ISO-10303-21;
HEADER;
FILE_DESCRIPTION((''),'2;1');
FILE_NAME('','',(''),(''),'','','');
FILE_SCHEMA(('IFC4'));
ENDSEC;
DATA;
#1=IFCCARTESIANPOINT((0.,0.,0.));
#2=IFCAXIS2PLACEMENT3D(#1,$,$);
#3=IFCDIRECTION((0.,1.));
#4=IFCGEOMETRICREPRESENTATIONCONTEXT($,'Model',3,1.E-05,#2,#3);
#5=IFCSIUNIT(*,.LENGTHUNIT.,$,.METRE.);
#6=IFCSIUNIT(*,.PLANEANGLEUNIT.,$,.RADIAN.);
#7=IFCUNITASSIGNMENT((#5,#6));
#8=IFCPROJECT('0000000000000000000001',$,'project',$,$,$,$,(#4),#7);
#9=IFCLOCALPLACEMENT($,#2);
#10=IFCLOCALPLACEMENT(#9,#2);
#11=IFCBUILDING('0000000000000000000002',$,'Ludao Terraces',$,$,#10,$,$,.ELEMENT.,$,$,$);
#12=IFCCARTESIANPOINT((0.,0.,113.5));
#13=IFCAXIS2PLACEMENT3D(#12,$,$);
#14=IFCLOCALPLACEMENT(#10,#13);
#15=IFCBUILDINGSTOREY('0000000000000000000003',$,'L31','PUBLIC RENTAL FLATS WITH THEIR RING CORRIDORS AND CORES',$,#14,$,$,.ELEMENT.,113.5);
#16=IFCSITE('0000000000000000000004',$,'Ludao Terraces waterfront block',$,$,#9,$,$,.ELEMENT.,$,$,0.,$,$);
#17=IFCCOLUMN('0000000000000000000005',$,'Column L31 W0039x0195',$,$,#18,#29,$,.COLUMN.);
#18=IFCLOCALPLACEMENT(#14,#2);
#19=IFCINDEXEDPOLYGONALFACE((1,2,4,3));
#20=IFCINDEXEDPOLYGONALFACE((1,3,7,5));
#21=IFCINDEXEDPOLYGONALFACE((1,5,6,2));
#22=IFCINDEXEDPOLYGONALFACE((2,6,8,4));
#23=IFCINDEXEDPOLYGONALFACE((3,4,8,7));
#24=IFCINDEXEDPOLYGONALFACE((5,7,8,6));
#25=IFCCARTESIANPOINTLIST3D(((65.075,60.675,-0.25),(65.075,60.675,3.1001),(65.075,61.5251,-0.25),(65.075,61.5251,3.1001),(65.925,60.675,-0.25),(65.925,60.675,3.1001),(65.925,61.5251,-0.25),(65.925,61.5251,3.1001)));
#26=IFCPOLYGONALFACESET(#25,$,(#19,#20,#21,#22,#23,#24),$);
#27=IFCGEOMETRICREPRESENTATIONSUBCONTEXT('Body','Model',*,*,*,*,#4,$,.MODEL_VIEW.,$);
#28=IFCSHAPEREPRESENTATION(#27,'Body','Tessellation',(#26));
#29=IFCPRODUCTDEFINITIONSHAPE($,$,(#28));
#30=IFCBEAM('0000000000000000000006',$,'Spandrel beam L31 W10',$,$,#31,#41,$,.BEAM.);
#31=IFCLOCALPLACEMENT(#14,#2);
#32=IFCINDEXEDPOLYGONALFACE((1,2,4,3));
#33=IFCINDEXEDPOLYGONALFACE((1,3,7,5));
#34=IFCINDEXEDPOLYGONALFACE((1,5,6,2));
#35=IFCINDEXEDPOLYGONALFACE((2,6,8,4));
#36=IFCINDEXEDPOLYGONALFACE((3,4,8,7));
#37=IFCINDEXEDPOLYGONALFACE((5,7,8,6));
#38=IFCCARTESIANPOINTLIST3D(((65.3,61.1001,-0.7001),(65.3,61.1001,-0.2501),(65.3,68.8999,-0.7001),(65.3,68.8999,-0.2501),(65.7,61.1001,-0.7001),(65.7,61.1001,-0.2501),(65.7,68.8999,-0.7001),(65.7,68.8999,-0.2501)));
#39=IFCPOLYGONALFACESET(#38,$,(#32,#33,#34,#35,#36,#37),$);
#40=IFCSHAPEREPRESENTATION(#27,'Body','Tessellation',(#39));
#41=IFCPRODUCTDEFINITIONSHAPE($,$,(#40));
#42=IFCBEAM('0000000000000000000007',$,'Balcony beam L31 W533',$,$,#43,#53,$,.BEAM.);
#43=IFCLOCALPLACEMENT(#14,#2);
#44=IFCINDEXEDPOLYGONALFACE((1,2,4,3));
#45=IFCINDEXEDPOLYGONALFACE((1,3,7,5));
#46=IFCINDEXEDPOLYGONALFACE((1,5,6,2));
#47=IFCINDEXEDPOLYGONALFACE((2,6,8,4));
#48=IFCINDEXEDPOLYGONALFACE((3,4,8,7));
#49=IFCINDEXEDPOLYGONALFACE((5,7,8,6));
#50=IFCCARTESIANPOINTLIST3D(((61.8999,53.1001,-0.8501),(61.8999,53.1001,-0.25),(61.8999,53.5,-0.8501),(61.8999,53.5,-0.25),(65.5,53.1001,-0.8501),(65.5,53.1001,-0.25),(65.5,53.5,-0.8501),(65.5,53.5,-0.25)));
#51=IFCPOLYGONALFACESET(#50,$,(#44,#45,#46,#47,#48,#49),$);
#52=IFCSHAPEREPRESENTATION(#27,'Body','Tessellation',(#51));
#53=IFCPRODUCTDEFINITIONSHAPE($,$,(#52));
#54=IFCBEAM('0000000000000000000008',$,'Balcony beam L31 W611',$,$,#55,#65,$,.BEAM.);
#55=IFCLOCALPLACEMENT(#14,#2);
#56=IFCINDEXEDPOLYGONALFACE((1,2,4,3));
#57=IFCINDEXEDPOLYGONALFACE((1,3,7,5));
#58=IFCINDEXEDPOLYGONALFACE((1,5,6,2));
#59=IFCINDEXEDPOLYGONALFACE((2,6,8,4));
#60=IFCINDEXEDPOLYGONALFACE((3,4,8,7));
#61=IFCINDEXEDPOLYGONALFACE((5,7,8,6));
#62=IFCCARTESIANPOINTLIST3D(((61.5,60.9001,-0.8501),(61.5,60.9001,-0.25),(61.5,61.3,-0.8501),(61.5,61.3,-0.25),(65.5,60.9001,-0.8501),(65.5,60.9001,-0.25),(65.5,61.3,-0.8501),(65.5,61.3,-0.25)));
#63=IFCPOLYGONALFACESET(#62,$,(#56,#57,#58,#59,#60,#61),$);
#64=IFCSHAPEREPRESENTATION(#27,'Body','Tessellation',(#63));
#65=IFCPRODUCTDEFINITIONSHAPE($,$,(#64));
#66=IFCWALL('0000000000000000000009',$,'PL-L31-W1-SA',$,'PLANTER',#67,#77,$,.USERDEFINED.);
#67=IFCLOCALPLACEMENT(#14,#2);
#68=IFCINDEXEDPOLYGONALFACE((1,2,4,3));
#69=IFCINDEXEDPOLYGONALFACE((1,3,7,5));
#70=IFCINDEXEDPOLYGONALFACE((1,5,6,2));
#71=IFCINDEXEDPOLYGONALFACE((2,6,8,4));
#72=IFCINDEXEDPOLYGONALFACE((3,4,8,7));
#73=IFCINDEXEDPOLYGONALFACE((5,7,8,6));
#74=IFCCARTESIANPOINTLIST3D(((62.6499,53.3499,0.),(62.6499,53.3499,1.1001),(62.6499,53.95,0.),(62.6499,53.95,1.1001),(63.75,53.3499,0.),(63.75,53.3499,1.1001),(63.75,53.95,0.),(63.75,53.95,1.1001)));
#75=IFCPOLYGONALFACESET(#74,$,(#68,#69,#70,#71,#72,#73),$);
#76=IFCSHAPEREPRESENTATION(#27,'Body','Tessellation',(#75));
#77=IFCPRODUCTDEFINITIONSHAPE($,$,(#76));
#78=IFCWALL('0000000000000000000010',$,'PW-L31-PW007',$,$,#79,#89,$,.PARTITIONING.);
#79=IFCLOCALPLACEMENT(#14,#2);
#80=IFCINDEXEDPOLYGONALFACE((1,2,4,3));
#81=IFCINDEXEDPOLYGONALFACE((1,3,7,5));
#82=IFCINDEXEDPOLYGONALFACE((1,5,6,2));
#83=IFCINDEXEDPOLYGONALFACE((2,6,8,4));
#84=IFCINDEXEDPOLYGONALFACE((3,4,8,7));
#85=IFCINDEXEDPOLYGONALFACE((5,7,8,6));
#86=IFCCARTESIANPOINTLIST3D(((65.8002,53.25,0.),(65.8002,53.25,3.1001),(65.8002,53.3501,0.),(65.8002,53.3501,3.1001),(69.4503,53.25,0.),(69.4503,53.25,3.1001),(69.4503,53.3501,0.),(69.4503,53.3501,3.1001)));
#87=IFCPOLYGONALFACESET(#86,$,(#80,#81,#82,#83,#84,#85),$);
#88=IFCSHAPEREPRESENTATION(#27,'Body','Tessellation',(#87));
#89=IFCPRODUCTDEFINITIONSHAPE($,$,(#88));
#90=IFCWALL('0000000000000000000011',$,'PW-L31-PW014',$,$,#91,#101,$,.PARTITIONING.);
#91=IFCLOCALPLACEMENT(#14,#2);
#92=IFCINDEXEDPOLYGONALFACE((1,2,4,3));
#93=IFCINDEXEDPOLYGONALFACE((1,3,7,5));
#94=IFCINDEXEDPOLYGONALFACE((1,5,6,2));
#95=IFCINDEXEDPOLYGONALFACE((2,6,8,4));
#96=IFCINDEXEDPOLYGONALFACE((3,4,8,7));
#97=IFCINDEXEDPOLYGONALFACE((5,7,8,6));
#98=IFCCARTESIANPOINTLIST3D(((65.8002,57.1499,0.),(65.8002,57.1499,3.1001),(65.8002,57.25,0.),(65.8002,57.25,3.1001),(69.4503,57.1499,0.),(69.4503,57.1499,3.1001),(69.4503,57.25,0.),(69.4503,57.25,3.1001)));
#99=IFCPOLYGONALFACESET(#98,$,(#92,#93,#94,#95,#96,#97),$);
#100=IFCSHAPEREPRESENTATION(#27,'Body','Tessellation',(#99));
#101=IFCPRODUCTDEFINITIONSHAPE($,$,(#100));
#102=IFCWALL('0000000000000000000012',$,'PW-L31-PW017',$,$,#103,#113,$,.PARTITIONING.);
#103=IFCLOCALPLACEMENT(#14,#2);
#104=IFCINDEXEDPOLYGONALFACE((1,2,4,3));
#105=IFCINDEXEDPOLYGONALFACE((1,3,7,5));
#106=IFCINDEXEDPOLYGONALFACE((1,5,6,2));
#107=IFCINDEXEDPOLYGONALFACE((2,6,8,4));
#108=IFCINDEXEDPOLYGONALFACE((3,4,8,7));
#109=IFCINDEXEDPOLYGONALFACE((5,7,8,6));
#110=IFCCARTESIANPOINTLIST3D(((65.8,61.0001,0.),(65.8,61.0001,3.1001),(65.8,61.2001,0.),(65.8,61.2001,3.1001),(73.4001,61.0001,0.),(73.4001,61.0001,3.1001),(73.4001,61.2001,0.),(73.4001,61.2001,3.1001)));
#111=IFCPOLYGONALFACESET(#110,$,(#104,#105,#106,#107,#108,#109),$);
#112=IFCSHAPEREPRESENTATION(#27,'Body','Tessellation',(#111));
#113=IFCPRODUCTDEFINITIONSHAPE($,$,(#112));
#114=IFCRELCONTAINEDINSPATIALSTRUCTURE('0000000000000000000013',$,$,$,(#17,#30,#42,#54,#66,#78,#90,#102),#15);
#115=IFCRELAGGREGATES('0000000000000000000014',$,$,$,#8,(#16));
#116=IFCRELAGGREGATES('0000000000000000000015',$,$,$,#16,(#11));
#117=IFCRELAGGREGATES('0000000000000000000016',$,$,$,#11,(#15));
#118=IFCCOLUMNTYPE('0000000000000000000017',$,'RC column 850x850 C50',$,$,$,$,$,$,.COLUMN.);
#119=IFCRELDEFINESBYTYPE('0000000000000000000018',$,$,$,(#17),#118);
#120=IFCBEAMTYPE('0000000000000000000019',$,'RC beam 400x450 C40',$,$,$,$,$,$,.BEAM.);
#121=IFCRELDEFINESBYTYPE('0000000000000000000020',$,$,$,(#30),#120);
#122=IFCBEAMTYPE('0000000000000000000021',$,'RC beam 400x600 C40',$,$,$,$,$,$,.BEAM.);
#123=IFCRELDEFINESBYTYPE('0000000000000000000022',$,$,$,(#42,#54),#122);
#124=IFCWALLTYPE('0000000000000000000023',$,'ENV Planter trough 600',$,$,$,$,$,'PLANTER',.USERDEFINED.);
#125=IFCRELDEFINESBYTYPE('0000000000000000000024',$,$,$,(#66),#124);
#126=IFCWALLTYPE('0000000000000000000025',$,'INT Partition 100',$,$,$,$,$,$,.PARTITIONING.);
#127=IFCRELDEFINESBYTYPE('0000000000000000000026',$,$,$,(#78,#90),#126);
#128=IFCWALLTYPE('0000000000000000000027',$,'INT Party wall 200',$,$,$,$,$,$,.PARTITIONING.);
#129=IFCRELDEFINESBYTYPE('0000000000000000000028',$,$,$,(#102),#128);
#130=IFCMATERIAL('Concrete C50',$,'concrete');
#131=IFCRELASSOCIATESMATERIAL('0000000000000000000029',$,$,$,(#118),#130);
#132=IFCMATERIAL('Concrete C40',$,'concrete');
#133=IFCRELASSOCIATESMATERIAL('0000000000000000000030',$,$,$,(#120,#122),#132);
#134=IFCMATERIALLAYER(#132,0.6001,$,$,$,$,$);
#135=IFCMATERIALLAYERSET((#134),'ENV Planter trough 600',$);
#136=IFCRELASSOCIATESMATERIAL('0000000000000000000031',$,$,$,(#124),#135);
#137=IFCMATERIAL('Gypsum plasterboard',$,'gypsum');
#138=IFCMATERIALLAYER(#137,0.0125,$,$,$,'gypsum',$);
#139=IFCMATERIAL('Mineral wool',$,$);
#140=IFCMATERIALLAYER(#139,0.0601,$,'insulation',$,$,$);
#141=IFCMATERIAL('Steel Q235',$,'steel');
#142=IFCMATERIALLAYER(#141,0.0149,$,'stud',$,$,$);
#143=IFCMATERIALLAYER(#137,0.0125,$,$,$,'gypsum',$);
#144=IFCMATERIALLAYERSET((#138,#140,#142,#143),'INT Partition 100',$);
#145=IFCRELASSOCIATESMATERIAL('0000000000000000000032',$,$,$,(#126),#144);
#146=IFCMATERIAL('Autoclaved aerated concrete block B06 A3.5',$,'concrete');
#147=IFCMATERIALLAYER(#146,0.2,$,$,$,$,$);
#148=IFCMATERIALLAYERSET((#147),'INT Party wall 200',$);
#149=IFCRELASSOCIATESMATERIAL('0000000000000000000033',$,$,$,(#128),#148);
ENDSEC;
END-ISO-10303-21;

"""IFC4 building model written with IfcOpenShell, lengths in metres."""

from ifc_helpers import new_model, si_unit, direction, frame, frame_2d, origin, origin_2d, place, context, subcontext, project, spatial, rectangle, extrude, material, layer, layer_set, material_profile, profile_set, type_object, element, save


model = new_model("IFC4")

# Units and contexts
model_context = context("Model", 3, precision=1e-05, world=origin(), true_north=direction((0.0, 1.0)))
body_context = subcontext(model_context, "Body", "Model", "MODEL_VIEW")
ifc_project = project(units=[si_unit("LENGTHUNIT", "METRE"), si_unit("PLANEANGLEUNIT", "RADIAN")], contexts=[model_context])

# Site, building, storey
site_placement = place(None, origin())
site = spatial("IfcSite", under=ifc_project, at=site_placement, Name="Ludao Terraces waterfront block", CompositionType="ELEMENT", RefElevation=0.0)
building_placement = place(site_placement, origin())
building = spatial("IfcBuilding", under=site, at=building_placement, Name="Ludao Terraces", CompositionType="ELEMENT")
storey_placement = place(building_placement, frame((0.0, 0.0, 113.5)))
storey = spatial("IfcBuildingStorey", under=building, at=storey_placement, Name="L31", Description="PUBLIC RENTAL FLATS WITH THEIR RING CORRIDORS AND CORES", CompositionType="ELEMENT", Elevation=113.5)

# Column
ifc_material_1 = material(Name="Concrete C50", Category="concrete")
ifc_material_profile_1 = material_profile(ifc_material_1, rectangle(XDim=0.8501, YDim=0.8501, at=origin_2d()), Name="850 X 850")
ifc_profile_set_1 = profile_set([ifc_material_profile_1], Name="Concrete C50")
column_type = type_object("IfcColumnType", Name="RC column 850x850 C50", PredefinedType="COLUMN", material=ifc_profile_set_1)
column_placement = place(storey_placement, frame((65.5, 61.1001, -0.25), z_axis=(0.0, 0.0, 1.0), x_axis=(1.0, 0.0, 0.0)))
element("IfcColumn", 1, at=column_placement, inside=storey, type_object=column_type, Name="Column L31 W0039x0195", PredefinedType="COLUMN", context=body_context, shape_type="SweptSolid", body=[
    extrude(rectangle(XDim=0.8501, YDim=0.8501, at=origin_2d()), origin(), (0.0, 0.0, 1.0), 3.3501),
])

# Beams
ifc_material_2 = material(Name="Concrete C40", Category="concrete")
ifc_material_profile_2 = material_profile(ifc_material_2, rectangle(XDim=0.3999, YDim=0.45, at=origin_2d()), Name="400 X 450")
ifc_profile_set_2 = profile_set([ifc_material_profile_2], Name="Concrete C40")
beam_type_1 = type_object("IfcBeamType", Name="RC beam 400x450 C40", PredefinedType="BEAM", material=ifc_profile_set_2)
beam_1_placement = place(storey_placement, frame((65.5, 61.1001, -0.4751), z_axis=(0.0, 1.0, 0.0), x_axis=(-1.0, 0.0, 0.0)))
element("IfcBeam", 2, at=beam_1_placement, inside=storey, type_object=beam_type_1, Name="Spandrel beam L31 W10", PredefinedType="BEAM", context=body_context, shape_type="SweptSolid", body=[
    extrude(rectangle(XDim=0.3999, YDim=0.45, at=origin_2d()), origin(), (0.0, 0.0, 1.0), 7.7998),
])
ifc_material_profile_3 = material_profile(ifc_material_2, rectangle(XDim=0.3999, YDim=0.6001, at=origin_2d()), Name="400 X 600")
ifc_profile_set_3 = profile_set([ifc_material_profile_3], Name="Concrete C40")
beam_type_2 = type_object("IfcBeamType", Name="RC beam 400x600 C40", PredefinedType="BEAM", material=ifc_profile_set_3)
beam_2_placement = place(storey_placement, frame((65.5, 53.3, -0.55), z_axis=(-1.0, 0.0, 0.0), x_axis=(0.0, -1.0, 0.0)))
element("IfcBeam", 3, at=beam_2_placement, inside=storey, type_object=beam_type_2, Name="Balcony beam L31 W533", PredefinedType="BEAM", context=body_context, shape_type="SweptSolid", body=[
    extrude(rectangle(XDim=0.3999, YDim=0.6001, at=origin_2d()), origin(), (0.0, 0.0, 1.0), 3.6001),
])
beam_3_placement = place(storey_placement, frame((65.5, 61.1001, -0.55), z_axis=(-1.0, 0.0, 0.0), x_axis=(0.0, -1.0, 0.0)))
element("IfcBeam", 4, at=beam_3_placement, inside=storey, type_object=beam_type_2, Name="Balcony beam L31 W611", PredefinedType="BEAM", context=body_context, shape_type="SweptSolid", body=[
    extrude(rectangle(XDim=0.3999, YDim=0.6001, at=origin_2d()), origin(), (0.0, 0.0, 1.0), 4.0),
])

# Wall
ifc_layer_1 = layer(ifc_material_2, 0.6001)
ifc_layer_set_1 = layer_set([ifc_layer_1], Name="ENV Planter trough 600")
wall_type_1 = type_object("IfcWallType", Name="ENV Planter trough 600", ElementType="PLANTER", PredefinedType="USERDEFINED", material=ifc_layer_set_1)
wall_1_placement = place(storey_placement, frame((62.6499, 53.6499, 0.0), z_axis=(0.0, 0.0, 1.0), x_axis=(1.0, 0.0, 0.0)))
element("IfcWall", 5, at=wall_1_placement, inside=storey, type_object=wall_type_1, Name="PL-L31-W1-SA", ObjectType="PLANTER", PredefinedType="USERDEFINED", context=body_context, shape_type="SweptSolid", body=[
    extrude(rectangle(XDim=1.1001, YDim=0.6001, at=frame_2d((0.55, 0.0))), origin(), (0.0, 0.0, 1.0), 1.1001),
])

# Shared definitions
ifc_material_3 = material(Name="Mineral wool")

# Walls
ifc_material_4 = material(Name="Gypsum plasterboard", Category="gypsum")
ifc_layer_2 = layer(ifc_material_4, 0.0125, Category="gypsum")
ifc_layer_3 = layer(ifc_material_3, 0.0601, Name="insulation")
ifc_material_5 = material(Name="Steel Q235", Category="steel")
ifc_layer_4 = layer(ifc_material_5, 0.0149, Name="stud")
ifc_layer_5 = layer(ifc_material_4, 0.0125, Category="gypsum")
ifc_layer_set_2 = layer_set([ifc_layer_2, ifc_layer_3, ifc_layer_4, ifc_layer_5], Name="INT Partition 100")
wall_type_2 = type_object("IfcWallType", Name="INT Partition 100", PredefinedType="PARTITIONING", material=ifc_layer_set_2)
for number, where, z_axis, x_axis, name in (
    (6, (65.8, 53.3, 0.0), (0.0, 0.0, 1.0), (1.0, 0.0, 0.0), "PW-L31-PW007"),
    (7, (65.8, 57.2, 0.0), (0.0, 0.0, 1.0), (1.0, 0.0, 0.0), "PW-L31-PW014"),
):
    element("IfcWall", number, at=place(storey_placement, frame(where, z_axis=z_axis, x_axis=x_axis)), inside=storey, type_object=wall_type_2, Name=name, PredefinedType="PARTITIONING", context=body_context, shape_type="SweptSolid", body=[
        extrude(rectangle(XDim=3.6501, YDim=0.1001, at=frame_2d((1.8252, 0.0))), origin(), (0.0, 0.0, 1.0), 3.1001),
    ])
ifc_material_6 = material(Name="Autoclaved aerated concrete block B06 A3.5", Category="concrete")
ifc_layer_6 = layer(ifc_material_6, 0.2)
ifc_layer_set_3 = layer_set([ifc_layer_6], Name="INT Party wall 200")
wall_type_3 = type_object("IfcWallType", Name="INT Party wall 200", PredefinedType="PARTITIONING", material=ifc_layer_set_3)
wall_2_placement = place(storey_placement, frame((65.8, 61.1001, 0.0), z_axis=(0.0, 0.0, 1.0), x_axis=(1.0, 0.0, 0.0)))
element("IfcWall", 8, at=wall_2_placement, inside=storey, type_object=wall_type_3, Name="PW-L31-PW017", PredefinedType="PARTITIONING", context=body_context, shape_type="SweptSolid", body=[
    extrude(rectangle(XDim=7.6001, YDim=0.2, at=frame_2d((3.8, 0.0))), origin(), (0.0, 0.0, 1.0), 3.1001),
])

save(model, "model.ifc")
